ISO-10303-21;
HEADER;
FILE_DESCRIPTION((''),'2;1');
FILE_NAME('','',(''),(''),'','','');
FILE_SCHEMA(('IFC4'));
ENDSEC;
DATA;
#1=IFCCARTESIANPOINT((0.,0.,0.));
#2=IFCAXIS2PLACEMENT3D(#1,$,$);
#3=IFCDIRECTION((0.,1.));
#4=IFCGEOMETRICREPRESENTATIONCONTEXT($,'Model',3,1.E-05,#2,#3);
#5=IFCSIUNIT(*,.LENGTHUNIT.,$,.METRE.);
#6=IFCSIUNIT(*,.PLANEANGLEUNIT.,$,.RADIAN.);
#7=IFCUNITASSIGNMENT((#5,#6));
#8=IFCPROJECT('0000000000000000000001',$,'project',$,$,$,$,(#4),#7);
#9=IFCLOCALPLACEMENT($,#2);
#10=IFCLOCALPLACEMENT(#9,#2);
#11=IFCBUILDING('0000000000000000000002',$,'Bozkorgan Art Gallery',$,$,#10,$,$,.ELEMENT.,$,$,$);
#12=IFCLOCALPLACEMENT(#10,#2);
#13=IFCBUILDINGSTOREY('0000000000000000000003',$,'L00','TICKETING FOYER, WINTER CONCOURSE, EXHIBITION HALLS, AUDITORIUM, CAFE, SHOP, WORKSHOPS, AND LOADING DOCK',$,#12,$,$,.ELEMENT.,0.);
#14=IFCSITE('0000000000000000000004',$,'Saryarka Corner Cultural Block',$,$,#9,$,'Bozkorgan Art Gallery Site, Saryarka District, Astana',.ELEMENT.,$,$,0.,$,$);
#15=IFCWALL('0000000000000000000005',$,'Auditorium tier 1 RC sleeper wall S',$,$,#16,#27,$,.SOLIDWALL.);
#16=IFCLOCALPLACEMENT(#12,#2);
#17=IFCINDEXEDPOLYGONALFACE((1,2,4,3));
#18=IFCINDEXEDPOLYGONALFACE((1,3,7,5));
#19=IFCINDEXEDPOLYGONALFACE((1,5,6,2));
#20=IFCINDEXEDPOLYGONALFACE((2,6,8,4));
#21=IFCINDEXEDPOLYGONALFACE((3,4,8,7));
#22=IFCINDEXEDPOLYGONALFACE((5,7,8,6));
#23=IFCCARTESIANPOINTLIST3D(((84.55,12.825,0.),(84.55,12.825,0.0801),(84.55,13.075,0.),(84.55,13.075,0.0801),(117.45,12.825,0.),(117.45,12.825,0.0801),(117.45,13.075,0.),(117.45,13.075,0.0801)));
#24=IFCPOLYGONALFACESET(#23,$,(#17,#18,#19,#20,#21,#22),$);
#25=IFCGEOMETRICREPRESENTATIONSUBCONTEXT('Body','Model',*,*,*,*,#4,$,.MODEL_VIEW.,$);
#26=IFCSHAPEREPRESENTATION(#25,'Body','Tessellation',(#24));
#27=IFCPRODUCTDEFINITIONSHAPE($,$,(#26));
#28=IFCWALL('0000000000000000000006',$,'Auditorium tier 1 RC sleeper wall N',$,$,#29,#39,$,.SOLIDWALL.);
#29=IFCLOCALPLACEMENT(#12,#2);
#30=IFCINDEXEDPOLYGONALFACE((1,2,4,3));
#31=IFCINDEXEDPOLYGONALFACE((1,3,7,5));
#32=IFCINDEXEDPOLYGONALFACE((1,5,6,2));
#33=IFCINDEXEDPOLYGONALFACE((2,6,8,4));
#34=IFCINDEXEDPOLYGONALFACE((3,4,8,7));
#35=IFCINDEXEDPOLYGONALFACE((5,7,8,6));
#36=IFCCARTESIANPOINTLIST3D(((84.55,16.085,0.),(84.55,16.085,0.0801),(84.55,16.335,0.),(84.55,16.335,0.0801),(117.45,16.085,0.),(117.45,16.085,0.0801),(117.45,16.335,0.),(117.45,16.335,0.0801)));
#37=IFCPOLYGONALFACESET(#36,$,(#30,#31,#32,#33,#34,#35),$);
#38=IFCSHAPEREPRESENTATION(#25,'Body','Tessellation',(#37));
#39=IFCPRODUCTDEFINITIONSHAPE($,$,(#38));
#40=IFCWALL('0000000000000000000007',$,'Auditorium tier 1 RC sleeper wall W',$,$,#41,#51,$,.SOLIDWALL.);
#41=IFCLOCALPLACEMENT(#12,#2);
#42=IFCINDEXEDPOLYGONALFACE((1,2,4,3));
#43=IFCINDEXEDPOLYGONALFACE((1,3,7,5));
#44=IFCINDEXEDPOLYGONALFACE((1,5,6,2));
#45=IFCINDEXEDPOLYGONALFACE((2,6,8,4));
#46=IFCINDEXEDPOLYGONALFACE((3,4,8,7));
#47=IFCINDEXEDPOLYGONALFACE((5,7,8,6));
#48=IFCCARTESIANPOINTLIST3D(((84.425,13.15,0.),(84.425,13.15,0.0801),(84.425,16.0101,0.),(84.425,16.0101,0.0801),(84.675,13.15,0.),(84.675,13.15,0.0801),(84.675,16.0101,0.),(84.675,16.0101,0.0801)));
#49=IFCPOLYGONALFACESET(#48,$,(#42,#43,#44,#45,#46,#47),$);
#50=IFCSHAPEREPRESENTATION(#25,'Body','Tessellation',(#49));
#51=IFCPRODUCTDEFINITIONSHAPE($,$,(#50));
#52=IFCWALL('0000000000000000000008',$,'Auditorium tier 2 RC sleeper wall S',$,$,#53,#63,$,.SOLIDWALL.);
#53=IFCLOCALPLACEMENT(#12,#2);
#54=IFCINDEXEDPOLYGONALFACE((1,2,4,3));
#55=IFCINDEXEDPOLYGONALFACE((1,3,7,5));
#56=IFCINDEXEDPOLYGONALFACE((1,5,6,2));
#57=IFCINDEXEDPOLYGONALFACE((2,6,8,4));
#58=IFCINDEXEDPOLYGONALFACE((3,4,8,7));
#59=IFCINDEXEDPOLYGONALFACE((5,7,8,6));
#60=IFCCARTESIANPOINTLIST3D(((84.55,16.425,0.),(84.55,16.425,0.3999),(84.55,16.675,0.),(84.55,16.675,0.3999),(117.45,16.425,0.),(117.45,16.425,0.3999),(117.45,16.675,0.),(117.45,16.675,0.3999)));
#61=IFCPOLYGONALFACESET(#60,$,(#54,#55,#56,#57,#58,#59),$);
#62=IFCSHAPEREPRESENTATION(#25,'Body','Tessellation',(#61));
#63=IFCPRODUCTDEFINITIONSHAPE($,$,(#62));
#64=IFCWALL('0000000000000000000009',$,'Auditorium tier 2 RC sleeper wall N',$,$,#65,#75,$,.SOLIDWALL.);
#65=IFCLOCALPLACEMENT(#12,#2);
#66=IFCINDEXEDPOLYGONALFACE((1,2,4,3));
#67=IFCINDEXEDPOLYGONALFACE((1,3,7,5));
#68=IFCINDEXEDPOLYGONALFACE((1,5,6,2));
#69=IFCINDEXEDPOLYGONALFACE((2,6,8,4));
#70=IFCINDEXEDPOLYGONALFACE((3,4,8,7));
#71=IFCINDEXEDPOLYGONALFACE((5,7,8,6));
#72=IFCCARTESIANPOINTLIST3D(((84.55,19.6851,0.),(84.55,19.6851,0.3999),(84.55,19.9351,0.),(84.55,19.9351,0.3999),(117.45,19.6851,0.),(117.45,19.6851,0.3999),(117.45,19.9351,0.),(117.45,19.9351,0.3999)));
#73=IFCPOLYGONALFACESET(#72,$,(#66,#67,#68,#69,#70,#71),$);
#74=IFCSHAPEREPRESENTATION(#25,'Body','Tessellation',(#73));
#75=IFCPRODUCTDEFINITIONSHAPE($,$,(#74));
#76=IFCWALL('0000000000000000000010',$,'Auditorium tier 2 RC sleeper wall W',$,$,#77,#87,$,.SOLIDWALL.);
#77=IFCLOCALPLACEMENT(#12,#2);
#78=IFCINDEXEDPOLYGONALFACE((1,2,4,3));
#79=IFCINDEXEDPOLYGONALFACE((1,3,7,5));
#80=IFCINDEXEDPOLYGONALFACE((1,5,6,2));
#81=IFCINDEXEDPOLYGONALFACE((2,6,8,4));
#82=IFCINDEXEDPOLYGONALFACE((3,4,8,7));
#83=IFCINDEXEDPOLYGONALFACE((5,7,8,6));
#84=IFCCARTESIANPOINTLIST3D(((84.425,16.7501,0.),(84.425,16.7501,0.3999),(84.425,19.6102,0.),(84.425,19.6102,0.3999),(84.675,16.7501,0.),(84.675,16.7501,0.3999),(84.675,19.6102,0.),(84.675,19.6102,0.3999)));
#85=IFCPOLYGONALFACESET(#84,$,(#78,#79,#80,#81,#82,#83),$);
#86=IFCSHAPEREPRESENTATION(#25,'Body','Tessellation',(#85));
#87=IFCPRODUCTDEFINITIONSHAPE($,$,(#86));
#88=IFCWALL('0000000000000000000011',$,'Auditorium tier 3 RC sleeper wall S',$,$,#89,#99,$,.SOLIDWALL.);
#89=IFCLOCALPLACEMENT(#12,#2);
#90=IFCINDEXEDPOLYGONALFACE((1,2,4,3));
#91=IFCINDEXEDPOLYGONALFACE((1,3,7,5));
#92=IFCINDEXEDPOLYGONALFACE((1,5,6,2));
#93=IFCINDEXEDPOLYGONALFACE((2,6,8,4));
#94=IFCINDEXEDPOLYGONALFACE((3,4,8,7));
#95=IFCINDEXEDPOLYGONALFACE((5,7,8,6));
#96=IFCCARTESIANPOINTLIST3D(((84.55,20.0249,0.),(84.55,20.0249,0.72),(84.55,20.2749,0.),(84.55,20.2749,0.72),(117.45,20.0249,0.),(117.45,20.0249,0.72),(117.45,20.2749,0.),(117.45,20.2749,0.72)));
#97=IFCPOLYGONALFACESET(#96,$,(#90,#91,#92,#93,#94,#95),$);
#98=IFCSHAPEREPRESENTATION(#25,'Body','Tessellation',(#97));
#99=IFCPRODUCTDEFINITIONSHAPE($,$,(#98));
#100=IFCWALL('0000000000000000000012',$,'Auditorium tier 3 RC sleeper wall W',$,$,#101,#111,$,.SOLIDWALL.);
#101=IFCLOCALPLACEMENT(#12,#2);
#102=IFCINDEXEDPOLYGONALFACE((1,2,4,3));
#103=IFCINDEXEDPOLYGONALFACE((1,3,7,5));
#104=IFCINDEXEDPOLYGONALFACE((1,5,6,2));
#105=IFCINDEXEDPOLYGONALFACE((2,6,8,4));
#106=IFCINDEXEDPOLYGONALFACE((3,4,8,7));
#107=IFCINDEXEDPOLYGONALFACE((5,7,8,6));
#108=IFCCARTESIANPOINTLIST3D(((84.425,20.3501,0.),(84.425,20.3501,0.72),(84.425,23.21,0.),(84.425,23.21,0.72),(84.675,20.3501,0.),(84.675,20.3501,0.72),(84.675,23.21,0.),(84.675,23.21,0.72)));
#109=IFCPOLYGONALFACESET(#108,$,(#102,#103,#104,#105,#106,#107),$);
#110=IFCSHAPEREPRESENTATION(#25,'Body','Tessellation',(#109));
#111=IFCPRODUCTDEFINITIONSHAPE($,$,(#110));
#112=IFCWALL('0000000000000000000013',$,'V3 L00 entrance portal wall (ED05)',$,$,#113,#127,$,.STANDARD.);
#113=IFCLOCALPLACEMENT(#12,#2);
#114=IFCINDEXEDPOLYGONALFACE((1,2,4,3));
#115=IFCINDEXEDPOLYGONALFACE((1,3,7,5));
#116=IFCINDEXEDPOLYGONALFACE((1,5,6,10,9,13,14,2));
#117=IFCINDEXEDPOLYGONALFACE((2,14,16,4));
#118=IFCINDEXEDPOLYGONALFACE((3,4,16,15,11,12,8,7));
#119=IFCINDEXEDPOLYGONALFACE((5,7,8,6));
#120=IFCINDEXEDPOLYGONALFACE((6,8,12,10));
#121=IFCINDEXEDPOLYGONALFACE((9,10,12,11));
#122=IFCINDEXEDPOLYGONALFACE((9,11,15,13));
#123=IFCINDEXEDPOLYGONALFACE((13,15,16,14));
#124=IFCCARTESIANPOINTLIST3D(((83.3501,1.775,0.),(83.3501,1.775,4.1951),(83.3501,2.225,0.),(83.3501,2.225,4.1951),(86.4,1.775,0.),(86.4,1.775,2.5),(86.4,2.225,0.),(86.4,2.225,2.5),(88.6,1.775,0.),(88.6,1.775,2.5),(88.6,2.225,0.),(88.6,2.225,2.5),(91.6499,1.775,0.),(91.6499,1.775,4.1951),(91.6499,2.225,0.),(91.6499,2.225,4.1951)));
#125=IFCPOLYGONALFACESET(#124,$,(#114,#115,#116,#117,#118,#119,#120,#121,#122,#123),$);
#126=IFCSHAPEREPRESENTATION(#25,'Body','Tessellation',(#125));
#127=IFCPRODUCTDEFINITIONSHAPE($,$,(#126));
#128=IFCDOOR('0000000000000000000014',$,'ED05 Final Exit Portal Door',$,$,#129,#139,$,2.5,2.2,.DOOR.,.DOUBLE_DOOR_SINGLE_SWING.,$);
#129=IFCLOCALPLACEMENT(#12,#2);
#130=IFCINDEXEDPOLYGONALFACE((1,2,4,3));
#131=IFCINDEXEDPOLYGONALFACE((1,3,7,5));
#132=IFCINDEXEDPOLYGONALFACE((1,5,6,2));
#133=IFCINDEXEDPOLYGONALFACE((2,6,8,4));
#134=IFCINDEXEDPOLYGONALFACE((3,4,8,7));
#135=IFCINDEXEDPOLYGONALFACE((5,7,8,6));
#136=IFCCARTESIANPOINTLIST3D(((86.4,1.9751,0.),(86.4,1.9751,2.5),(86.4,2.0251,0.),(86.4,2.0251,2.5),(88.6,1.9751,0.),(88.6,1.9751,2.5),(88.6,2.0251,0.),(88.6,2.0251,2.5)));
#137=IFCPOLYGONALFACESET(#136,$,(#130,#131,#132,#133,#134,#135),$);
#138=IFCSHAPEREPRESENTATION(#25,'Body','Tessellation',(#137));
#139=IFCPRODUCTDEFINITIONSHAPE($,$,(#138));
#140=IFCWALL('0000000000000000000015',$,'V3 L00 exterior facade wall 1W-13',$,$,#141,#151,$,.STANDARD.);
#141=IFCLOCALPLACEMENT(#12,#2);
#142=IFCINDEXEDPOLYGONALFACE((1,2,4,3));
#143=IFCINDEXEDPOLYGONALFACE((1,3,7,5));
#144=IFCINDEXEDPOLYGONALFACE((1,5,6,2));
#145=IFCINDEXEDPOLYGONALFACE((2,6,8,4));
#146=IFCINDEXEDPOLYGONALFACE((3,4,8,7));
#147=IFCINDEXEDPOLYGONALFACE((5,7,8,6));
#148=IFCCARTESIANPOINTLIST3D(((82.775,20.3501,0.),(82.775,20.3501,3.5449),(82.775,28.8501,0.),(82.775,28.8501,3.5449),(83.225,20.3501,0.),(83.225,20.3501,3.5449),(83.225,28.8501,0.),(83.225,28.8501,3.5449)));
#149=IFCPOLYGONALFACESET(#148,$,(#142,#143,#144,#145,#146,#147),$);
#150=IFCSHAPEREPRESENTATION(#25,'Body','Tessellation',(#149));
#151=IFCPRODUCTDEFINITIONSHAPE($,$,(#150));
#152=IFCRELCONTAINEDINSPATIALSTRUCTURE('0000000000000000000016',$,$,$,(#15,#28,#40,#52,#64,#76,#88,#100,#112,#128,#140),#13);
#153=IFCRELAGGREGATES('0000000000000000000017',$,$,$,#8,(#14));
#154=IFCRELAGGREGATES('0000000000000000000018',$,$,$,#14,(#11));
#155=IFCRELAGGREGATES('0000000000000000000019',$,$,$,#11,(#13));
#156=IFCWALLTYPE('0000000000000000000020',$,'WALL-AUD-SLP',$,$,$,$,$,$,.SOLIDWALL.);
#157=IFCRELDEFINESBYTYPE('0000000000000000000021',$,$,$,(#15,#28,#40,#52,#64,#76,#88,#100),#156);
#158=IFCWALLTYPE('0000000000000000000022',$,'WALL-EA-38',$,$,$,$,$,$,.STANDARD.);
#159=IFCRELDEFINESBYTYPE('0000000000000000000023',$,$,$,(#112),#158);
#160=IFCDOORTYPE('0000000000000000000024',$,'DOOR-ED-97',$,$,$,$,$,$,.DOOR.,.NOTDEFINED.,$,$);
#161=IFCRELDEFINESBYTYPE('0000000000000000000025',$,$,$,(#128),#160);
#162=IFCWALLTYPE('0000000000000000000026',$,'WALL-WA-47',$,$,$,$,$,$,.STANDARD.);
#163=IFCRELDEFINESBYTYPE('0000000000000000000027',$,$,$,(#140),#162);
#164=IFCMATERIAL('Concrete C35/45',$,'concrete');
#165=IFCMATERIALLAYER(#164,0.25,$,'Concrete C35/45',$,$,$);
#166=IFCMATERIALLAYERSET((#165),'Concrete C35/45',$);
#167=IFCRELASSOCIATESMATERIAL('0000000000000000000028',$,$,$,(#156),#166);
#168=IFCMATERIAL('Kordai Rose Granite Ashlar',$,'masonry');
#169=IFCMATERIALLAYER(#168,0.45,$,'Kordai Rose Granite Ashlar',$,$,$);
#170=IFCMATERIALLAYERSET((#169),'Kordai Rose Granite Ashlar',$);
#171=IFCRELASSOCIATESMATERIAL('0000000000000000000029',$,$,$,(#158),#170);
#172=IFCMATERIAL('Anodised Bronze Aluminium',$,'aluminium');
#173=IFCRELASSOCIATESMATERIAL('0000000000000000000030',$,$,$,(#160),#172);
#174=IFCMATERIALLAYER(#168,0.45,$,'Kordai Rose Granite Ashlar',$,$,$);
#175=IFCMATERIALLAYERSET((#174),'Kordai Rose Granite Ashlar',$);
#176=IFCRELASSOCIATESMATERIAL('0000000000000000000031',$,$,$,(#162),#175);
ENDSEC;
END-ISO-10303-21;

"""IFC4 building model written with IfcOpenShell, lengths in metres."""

from ifc_helpers import new_model, si_unit, direction, frame, frame_2d, origin, place, context, subcontext, project, spatial, rectangle, extrude, material, layer, layer_set, type_object, element, fill, save


model = new_model("IFC4")

# Units and contexts
model_context = context("Model", 3, precision=1e-05, world=origin(), true_north=direction((0.0, 1.0)))
body_context = subcontext(model_context, "Body", "Model", "MODEL_VIEW")
ifc_project = project(units=[si_unit("LENGTHUNIT", "METRE"), si_unit("PLANEANGLEUNIT", "RADIAN")], contexts=[model_context])

# Site, building, storey
site_placement = place(None, origin())
site = spatial("IfcSite", under=ifc_project, at=site_placement, Name="Saryarka Corner Cultural Block", LongName="Bozkorgan Art Gallery Site, Saryarka District, Astana", CompositionType="ELEMENT", RefElevation=0.0)
building_placement = place(site_placement, origin())
building = spatial("IfcBuilding", under=site, at=building_placement, Name="Bozkorgan Art Gallery", CompositionType="ELEMENT")
storey_placement = place(building_placement, origin())
storey = spatial("IfcBuildingStorey", under=building, at=storey_placement, Name="L00", Description="TICKETING FOYER, WINTER CONCOURSE, EXHIBITION HALLS, AUDITORIUM, CAFE, SHOP, WORKSHOPS, AND LOADING DOCK", CompositionType="ELEMENT", Elevation=0.0)

# Shared definitions
ifc_material_1 = material(Name="Concrete C35/45", Category="concrete")

# Walls
ifc_layer_1 = layer(ifc_material_1, 0.25, Name="Concrete C35/45")
ifc_layer_set_1 = layer_set([ifc_layer_1], Name="Concrete C35/45")
wall_type_1 = type_object("IfcWallType", Name="WALL-AUD-SLP", PredefinedType="SOLIDWALL", material=ifc_layer_set_1)
for number, where, z_axis, x_axis, name in (
    (1, (84.55, 12.95, 0.0), (0.0, 0.0, 1.0), (1.0, 0.0, 0.0), "Auditorium tier 1 RC sleeper wall S"),
    (2, (84.55, 16.21, 0.0), (0.0, 0.0, 1.0), (1.0, 0.0, 0.0), "Auditorium tier 1 RC sleeper wall N"),
):
    element("IfcWall", number, at=place(storey_placement, frame(where, z_axis=z_axis, x_axis=x_axis)), inside=storey, type_object=wall_type_1, Name=name, PredefinedType="SOLIDWALL", context=body_context, shape_type="SweptSolid", body=[
        extrude(rectangle(XDim=32.8999, YDim=0.25, at=frame_2d((16.45, 0.0))), origin(), (0.0, 0.0, 1.0), 0.0801),
    ])
wall_1_placement = place(storey_placement, frame((84.55, 13.1499, 0.0), z_axis=(0.0, 0.0, 1.0), x_axis=(0.0, 1.0, 0.0)))
element("IfcWall", 3, at=wall_1_placement, inside=storey, type_object=wall_type_1, Name="Auditorium tier 1 RC sleeper wall W", PredefinedType="SOLIDWALL", context=body_context, shape_type="SweptSolid", body=[
    extrude(rectangle(XDim=2.8601, YDim=0.25, at=frame_2d((1.4302, 0.0))), origin(), (0.0, 0.0, 1.0), 0.0801),
])
for number, where, z_axis, x_axis, name in (
    (4, (84.55, 16.55, 0.0), (0.0, 0.0, 1.0), (1.0, 0.0, 0.0), "Auditorium tier 2 RC sleeper wall S"),
    (5, (84.55, 19.8101, 0.0), (0.0, 0.0, 1.0), (1.0, 0.0, 0.0), "Auditorium tier 2 RC sleeper wall N"),
):
    element("IfcWall", number, at=place(storey_placement, frame(where, z_axis=z_axis, x_axis=x_axis)), inside=storey, type_object=wall_type_1, Name=name, PredefinedType="SOLIDWALL", context=body_context, shape_type="SweptSolid", body=[
        extrude(rectangle(XDim=32.8999, YDim=0.25, at=frame_2d((16.45, 0.0))), origin(), (0.0, 0.0, 1.0), 0.3999),
    ])
wall_2_placement = place(storey_placement, frame((84.55, 16.75, 0.0), z_axis=(0.0, 0.0, 1.0), x_axis=(0.0, 1.0, 0.0)))
element("IfcWall", 6, at=wall_2_placement, inside=storey, type_object=wall_type_1, Name="Auditorium tier 2 RC sleeper wall W", PredefinedType="SOLIDWALL", context=body_context, shape_type="SweptSolid", body=[
    extrude(rectangle(XDim=2.8601, YDim=0.25, at=frame_2d((1.4302, 0.0))), origin(), (0.0, 0.0, 1.0), 0.3999),
])
wall_3_placement = place(storey_placement, frame((84.55, 20.1499, 0.0), z_axis=(0.0, 0.0, 1.0), x_axis=(1.0, 0.0, 0.0)))
element("IfcWall", 7, at=wall_3_placement, inside=storey, type_object=wall_type_1, Name="Auditorium tier 3 RC sleeper wall S", PredefinedType="SOLIDWALL", context=body_context, shape_type="SweptSolid", body=[
    extrude(rectangle(XDim=32.8999, YDim=0.25, at=frame_2d((16.45, 0.0))), origin(), (0.0, 0.0, 1.0), 0.72),
])
wall_4_placement = place(storey_placement, frame((84.55, 20.3501, 0.0), z_axis=(0.0, 0.0, 1.0), x_axis=(0.0, 1.0, 0.0)))
element("IfcWall", 8, at=wall_4_placement, inside=storey, type_object=wall_type_1, Name="Auditorium tier 3 RC sleeper wall W", PredefinedType="SOLIDWALL", context=body_context, shape_type="SweptSolid", body=[
    extrude(rectangle(XDim=2.8599, YDim=0.25, at=frame_2d((1.4299, 0.0))), origin(), (0.0, 0.0, 1.0), 0.72),
])

# Wall, opening, door
ifc_material_2 = material(Name="Kordai Rose Granite Ashlar", Category="masonry")
ifc_layer_2 = layer(ifc_material_2, 0.45, Name="Kordai Rose Granite Ashlar")
ifc_layer_set_2 = layer_set([ifc_layer_2], Name="Kordai Rose Granite Ashlar")
wall_type_2 = type_object("IfcWallType", Name="WALL-EA-38", PredefinedType="STANDARD", material=ifc_layer_set_2)
wall_5_placement = place(storey_placement, frame((83.3501, 2.0, 0.0), z_axis=(0.0, 0.0, 1.0), x_axis=(1.0, 0.0, 0.0)))
wall_5 = element("IfcWall", 9, at=wall_5_placement, inside=storey, type_object=wall_type_2, Name="V3 L00 entrance portal wall (ED05)", PredefinedType="STANDARD", context=body_context, shape_type="SweptSolid", body=[
    extrude(rectangle(XDim=8.2998, YDim=0.45, at=frame_2d((4.1499, 0.0))), origin(), (0.0, 0.0, 1.0), 4.1951),
])
opening_placement = place(wall_5_placement, frame((5.25, 0.0, 0.0), z_axis=(0.0, 0.0, 1.0), x_axis=(-1.0, 0.0, 0.0)))
opening = element("IfcOpeningElement", 10, at=opening_placement, cuts=wall_5, PredefinedType="OPENING", context=body_context, shape_type="SweptSolid", body=[
    extrude(rectangle(XDim=2.2, YDim=2.5, at=frame_2d((1.1001, 1.25))), frame((0.0, 0.2349, 0.0), z_axis=(0.0, -1.0, 0.0), x_axis=(1.0, 0.0, 0.0)), (0.0, 0.0, 1.0), 0.47),
])
ifc_material_3 = material(Name="Anodised Bronze Aluminium", Category="aluminium")
door_type = type_object("IfcDoorType", Name="DOOR-ED-97", OperationType="NOTDEFINED", PredefinedType="DOOR", material=ifc_material_3)
door_placement = place(opening_placement, origin())
door = element("IfcDoor", 11, at=door_placement, inside=storey, type_object=door_type, Name="ED05 Final Exit Portal Door", OperationType="DOUBLE_DOOR_SINGLE_SWING", OverallHeight=2.5, OverallWidth=2.2, PredefinedType="DOOR", context=body_context, shape_type="SweptSolid", body=[
    extrude(rectangle(XDim=2.2, YDim=2.5, at=frame_2d((1.1001, 1.25))), frame((0.0, 0.0249, 0.0), z_axis=(0.0, -1.0, 0.0), x_axis=(1.0, 0.0, 0.0)), (0.0, 0.0, 1.0), 0.05),
])
fill(opening, door)

# Wall
ifc_layer_3 = layer(ifc_material_2, 0.45, Name="Kordai Rose Granite Ashlar")
ifc_layer_set_3 = layer_set([ifc_layer_3], Name="Kordai Rose Granite Ashlar")
wall_type_3 = type_object("IfcWallType", Name="WALL-WA-47", PredefinedType="STANDARD", material=ifc_layer_set_3)
wall_6_placement = place(storey_placement, frame((83.0, 20.3501, 0.0), z_axis=(0.0, 0.0, 1.0), x_axis=(0.0, 1.0, 0.0)))
element("IfcWall", 12, at=wall_6_placement, inside=storey, type_object=wall_type_3, Name="V3 L00 exterior facade wall 1W-13", PredefinedType="STANDARD", context=body_context, shape_type="SweptSolid", body=[
    extrude(rectangle(XDim=8.5, YDim=0.45, at=frame_2d((4.25, 0.0))), origin(), (0.0, 0.0, 1.0), 3.5449),
])

save(model, "model.ifc")
